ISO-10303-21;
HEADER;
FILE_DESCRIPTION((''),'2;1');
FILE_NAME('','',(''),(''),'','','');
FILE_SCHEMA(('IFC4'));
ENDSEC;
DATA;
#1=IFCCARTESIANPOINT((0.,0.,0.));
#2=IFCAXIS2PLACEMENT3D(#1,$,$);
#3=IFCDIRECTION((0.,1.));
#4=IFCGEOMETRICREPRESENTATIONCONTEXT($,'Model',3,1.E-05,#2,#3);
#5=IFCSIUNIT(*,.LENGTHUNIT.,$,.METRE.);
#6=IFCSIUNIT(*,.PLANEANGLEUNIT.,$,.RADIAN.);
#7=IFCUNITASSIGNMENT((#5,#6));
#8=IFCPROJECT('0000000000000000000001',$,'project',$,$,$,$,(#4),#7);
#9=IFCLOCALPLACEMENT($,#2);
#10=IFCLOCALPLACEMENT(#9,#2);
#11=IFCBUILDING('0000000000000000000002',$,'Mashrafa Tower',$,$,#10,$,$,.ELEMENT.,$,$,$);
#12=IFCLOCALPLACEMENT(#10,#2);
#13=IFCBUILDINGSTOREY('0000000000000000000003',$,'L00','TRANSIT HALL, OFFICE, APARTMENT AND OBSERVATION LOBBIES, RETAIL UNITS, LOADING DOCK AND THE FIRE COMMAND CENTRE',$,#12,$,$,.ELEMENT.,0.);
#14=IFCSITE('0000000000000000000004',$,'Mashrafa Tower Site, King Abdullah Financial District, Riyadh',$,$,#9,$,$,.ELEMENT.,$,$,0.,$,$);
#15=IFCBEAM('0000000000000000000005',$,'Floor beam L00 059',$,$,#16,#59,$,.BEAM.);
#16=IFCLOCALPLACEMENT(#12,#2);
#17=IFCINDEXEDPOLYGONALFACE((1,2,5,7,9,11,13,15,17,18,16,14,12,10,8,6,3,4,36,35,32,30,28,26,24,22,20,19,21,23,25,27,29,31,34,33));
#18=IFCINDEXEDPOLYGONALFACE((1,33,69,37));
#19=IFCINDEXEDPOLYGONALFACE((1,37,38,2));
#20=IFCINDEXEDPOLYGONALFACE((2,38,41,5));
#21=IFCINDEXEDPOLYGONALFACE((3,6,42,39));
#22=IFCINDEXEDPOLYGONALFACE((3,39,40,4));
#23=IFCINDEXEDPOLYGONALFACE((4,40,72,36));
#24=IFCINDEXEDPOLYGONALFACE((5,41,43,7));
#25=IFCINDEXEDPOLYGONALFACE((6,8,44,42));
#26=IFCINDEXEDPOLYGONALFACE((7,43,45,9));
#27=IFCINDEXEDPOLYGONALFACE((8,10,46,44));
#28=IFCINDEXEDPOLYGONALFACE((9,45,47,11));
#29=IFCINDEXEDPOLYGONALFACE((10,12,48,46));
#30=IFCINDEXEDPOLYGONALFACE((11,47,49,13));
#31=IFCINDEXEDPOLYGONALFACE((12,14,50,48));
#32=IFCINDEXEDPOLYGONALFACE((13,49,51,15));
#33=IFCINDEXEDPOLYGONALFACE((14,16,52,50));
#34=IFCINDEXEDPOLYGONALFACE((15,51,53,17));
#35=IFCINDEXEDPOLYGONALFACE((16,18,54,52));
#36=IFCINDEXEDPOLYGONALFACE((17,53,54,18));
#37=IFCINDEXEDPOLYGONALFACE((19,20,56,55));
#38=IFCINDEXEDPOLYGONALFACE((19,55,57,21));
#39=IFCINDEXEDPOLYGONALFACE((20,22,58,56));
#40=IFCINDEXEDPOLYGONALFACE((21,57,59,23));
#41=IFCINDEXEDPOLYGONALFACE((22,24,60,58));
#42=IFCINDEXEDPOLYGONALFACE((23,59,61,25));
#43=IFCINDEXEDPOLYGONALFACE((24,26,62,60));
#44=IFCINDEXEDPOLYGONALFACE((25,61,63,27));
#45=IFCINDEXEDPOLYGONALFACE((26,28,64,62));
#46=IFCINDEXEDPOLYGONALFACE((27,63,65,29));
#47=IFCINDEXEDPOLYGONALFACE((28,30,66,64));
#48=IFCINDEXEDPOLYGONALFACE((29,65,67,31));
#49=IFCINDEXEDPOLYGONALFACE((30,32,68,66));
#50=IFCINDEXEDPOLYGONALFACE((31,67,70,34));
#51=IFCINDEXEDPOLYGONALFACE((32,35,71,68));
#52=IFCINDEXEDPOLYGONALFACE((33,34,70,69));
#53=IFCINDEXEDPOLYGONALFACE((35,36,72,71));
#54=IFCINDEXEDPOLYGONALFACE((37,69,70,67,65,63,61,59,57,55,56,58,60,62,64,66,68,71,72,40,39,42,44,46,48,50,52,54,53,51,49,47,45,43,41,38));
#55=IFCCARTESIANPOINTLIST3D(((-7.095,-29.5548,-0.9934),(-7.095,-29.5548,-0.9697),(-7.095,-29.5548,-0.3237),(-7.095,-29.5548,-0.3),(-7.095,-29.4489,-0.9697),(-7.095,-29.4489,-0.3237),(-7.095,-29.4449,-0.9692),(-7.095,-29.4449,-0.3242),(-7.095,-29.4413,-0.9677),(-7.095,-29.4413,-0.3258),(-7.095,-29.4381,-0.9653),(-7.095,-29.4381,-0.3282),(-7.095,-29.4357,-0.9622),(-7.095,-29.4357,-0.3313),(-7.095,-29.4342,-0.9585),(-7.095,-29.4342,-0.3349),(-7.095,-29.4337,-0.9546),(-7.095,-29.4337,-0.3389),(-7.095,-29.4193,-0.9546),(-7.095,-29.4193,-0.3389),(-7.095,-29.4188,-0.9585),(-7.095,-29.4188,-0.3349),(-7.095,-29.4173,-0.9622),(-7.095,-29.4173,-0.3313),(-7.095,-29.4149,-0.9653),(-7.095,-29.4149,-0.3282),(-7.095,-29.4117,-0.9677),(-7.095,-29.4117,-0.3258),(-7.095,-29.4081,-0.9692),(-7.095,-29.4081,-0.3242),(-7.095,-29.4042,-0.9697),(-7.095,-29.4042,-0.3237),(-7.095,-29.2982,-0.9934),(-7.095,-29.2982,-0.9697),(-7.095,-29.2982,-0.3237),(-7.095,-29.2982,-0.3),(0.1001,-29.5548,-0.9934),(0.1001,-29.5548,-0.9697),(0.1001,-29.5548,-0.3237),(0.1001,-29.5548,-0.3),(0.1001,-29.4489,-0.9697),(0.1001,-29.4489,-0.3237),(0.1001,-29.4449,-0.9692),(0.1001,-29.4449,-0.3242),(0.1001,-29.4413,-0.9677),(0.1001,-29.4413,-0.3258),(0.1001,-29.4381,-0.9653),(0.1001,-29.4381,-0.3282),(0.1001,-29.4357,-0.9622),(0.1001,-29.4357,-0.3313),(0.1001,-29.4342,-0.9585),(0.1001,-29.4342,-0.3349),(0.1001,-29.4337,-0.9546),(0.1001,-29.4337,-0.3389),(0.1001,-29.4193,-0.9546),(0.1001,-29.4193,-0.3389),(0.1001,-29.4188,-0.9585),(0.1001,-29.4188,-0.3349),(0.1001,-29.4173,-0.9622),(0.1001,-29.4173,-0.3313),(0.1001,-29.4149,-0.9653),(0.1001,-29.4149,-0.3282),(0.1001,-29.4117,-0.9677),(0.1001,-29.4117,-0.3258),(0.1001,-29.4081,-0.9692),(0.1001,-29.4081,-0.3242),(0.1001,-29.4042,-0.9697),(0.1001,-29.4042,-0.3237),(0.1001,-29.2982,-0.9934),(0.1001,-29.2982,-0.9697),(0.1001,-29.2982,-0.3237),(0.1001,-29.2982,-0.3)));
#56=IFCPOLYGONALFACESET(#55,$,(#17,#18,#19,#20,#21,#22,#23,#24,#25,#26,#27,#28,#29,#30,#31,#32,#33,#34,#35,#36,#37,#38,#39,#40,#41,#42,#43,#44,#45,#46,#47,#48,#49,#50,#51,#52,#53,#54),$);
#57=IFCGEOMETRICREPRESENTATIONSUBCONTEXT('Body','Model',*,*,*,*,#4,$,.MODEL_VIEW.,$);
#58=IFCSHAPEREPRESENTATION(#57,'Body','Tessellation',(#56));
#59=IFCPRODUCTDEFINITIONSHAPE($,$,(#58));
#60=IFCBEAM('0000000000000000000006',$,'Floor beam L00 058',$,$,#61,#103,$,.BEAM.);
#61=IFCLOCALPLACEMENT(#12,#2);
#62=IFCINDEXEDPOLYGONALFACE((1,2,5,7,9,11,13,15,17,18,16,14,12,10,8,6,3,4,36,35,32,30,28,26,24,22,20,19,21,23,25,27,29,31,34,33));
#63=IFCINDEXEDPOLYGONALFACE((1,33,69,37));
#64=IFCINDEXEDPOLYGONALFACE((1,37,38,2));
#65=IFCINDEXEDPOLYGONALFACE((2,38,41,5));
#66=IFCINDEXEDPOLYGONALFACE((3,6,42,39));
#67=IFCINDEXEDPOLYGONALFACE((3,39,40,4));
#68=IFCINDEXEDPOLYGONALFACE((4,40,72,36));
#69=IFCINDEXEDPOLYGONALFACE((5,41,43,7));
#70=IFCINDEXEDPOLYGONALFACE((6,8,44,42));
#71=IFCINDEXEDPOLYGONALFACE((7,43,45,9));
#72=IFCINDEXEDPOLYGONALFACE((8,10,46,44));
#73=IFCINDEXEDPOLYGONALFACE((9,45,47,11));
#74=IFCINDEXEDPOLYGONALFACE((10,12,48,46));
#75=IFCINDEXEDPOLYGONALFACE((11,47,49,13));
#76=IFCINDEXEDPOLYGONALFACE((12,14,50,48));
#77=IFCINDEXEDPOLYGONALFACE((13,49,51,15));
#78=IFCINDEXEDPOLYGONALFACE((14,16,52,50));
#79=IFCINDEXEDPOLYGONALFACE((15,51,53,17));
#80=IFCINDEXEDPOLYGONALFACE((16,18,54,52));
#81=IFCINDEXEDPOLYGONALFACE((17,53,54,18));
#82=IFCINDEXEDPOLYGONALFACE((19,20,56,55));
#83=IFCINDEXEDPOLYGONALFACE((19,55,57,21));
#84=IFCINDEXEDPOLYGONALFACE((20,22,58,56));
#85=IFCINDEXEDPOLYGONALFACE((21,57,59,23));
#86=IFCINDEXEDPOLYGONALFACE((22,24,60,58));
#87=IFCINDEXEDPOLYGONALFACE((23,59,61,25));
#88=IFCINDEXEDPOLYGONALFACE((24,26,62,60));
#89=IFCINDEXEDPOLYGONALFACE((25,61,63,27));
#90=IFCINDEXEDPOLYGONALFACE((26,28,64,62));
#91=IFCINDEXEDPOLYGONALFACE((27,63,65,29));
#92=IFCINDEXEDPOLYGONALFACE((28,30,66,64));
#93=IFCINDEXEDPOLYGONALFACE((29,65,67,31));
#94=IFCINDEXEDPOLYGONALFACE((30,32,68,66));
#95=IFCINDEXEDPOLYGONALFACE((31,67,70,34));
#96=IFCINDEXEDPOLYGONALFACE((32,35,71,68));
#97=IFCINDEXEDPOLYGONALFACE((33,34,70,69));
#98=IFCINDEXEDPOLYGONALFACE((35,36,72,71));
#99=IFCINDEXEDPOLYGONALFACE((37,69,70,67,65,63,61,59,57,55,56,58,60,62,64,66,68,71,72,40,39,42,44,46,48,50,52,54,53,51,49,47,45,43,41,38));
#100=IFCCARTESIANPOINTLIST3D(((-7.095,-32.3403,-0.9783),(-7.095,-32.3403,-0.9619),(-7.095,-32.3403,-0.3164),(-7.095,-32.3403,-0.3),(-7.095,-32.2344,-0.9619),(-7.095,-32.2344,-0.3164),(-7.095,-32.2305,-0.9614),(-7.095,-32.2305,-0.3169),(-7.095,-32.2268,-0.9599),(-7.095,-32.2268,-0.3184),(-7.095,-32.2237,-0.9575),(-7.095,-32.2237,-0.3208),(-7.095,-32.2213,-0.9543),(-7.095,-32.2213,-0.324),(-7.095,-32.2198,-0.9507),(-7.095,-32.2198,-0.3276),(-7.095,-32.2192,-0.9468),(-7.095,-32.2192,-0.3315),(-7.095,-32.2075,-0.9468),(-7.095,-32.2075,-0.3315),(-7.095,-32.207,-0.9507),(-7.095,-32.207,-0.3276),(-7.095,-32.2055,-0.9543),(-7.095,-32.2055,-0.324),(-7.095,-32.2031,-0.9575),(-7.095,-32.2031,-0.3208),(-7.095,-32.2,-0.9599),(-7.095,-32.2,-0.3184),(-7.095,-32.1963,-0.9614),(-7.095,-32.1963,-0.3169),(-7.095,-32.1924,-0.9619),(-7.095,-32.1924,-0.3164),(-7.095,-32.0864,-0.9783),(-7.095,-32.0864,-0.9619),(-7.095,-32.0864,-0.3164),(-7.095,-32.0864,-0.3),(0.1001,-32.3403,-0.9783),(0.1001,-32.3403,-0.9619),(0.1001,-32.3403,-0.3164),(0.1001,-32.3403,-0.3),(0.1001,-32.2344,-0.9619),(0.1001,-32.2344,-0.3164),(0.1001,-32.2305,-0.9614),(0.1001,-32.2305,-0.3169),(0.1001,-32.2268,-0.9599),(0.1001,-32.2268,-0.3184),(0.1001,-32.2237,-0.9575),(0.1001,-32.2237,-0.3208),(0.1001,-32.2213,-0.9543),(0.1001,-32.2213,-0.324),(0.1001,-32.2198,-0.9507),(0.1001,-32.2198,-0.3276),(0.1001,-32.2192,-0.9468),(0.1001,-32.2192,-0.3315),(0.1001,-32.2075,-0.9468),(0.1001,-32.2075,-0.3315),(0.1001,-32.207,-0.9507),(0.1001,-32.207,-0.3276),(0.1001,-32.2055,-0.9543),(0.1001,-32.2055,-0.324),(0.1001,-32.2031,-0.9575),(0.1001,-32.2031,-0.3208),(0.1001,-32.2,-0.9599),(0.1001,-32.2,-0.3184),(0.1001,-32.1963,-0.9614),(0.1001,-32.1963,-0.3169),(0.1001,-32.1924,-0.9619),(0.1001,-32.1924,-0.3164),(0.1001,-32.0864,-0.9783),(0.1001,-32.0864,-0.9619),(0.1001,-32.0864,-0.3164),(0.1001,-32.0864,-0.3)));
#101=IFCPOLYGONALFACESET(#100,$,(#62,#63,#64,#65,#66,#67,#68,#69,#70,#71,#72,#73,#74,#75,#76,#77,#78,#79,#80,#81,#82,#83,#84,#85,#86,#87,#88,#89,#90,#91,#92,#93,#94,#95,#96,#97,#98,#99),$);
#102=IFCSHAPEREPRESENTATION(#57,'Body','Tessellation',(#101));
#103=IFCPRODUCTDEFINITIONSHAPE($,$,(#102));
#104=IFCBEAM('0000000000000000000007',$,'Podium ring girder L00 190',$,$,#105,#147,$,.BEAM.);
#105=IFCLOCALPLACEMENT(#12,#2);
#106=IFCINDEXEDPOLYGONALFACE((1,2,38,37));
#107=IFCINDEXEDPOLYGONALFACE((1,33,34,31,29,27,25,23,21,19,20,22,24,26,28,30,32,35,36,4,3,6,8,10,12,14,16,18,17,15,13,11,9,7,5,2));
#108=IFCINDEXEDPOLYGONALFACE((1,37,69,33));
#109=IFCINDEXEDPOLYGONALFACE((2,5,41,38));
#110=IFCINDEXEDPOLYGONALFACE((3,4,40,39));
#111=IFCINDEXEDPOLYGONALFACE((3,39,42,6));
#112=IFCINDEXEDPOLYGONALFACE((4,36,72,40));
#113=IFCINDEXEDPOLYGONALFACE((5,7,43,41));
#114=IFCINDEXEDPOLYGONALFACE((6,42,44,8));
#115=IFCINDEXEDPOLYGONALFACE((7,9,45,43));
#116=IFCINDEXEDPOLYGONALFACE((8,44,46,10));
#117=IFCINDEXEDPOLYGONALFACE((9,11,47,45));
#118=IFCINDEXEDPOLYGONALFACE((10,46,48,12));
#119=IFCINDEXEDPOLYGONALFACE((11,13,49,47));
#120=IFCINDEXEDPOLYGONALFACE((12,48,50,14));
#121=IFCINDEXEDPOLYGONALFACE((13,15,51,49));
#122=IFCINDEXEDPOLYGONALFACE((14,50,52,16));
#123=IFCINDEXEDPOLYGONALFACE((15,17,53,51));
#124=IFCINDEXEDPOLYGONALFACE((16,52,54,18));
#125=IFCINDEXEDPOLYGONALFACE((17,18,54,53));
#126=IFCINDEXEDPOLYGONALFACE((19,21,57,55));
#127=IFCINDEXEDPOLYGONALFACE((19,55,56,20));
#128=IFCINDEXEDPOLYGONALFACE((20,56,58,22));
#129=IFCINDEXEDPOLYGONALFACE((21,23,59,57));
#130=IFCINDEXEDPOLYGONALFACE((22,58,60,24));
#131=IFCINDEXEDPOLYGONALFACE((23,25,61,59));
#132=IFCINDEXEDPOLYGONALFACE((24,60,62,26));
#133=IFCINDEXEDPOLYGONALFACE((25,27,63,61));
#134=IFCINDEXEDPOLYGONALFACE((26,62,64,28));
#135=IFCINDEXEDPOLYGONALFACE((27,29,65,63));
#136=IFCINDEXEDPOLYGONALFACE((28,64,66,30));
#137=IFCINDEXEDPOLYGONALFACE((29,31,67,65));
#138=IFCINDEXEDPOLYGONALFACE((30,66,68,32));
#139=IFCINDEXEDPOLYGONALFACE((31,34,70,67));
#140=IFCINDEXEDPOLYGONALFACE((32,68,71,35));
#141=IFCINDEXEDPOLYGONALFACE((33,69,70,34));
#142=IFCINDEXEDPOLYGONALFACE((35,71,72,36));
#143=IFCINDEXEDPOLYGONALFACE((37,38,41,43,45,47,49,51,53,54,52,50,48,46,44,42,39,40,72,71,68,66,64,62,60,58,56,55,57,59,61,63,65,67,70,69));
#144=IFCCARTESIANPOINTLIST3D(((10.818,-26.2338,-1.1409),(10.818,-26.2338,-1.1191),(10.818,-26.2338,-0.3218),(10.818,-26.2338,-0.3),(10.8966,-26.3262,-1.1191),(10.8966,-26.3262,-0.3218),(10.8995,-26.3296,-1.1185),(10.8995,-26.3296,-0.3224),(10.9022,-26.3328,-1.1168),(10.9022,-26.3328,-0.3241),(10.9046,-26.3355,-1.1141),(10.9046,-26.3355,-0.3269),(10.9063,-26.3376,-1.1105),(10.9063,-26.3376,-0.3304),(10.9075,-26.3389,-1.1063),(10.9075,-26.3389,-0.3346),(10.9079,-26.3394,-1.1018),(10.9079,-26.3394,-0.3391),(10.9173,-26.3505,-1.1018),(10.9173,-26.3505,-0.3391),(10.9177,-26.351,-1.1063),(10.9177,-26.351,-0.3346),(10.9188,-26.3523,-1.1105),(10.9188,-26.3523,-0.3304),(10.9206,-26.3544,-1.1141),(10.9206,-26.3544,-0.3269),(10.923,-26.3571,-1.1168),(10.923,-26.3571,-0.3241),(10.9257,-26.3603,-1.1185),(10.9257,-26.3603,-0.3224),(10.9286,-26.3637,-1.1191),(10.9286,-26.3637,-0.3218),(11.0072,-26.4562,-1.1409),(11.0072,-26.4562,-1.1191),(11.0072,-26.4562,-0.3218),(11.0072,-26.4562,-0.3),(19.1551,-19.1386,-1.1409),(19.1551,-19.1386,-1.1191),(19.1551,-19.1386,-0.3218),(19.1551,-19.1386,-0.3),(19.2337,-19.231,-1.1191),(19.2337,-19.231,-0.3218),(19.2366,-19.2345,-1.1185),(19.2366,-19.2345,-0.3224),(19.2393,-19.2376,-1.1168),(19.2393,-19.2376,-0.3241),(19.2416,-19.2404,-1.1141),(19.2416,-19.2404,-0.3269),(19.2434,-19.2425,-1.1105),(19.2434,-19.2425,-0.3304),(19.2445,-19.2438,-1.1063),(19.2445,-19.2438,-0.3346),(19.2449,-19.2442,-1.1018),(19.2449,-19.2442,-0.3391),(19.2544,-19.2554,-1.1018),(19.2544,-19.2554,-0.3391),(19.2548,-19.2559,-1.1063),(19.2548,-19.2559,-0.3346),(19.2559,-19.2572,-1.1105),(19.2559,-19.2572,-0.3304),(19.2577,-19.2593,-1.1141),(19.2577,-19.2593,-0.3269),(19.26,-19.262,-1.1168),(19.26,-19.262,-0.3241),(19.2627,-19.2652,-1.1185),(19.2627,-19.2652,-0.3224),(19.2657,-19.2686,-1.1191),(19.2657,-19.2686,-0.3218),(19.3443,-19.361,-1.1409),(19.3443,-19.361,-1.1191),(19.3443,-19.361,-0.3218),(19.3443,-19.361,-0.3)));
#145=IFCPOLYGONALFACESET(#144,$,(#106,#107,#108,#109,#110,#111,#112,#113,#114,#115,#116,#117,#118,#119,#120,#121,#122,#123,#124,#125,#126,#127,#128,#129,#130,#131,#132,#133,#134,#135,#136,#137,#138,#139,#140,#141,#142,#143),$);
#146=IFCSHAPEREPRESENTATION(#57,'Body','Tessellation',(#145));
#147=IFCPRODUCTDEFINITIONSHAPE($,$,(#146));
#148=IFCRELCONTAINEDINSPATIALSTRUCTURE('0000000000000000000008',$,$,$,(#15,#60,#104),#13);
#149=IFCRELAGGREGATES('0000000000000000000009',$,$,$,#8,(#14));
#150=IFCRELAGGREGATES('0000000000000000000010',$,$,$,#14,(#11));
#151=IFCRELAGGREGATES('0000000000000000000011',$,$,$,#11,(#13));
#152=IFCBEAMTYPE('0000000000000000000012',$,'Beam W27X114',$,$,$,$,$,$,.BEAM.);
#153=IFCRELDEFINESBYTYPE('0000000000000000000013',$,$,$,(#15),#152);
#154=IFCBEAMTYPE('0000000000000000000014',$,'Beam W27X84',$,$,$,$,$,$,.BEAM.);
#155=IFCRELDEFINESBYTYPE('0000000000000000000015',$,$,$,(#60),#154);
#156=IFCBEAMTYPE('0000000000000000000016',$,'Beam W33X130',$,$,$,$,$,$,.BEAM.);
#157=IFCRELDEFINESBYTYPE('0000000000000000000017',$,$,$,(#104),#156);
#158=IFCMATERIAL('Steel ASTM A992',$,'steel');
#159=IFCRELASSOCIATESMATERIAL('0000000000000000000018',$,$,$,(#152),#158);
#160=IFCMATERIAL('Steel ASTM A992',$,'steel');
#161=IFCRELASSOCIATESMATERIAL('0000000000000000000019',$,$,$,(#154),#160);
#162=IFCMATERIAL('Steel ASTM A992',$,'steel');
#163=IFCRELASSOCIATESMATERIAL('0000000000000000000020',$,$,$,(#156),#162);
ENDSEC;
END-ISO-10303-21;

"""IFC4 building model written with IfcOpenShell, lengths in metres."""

from ifc_helpers import new_model, si_unit, direction, frame, origin, origin_2d, place, context, subcontext, project, spatial, i_section, extrude, material, material_profile, profile_set, type_object, element, save


model = new_model("IFC4")

# Units and contexts
model_context = context("Model", 3, precision=1e-05, world=origin(), true_north=direction((0.0, 1.0)))
body_context = subcontext(model_context, "Body", "Model", "MODEL_VIEW")
ifc_project = project(units=[si_unit("LENGTHUNIT", "METRE"), si_unit("PLANEANGLEUNIT", "RADIAN")], contexts=[model_context])

# Site, building, storey
site_placement = place(None, origin())
site = spatial("IfcSite", under=ifc_project, at=site_placement, Name="Mashrafa Tower Site, King Abdullah Financial District, Riyadh", CompositionType="ELEMENT", RefElevation=0.0)
building_placement = place(site_placement, origin())
building = spatial("IfcBuilding", under=site, at=building_placement, Name="Mashrafa Tower", CompositionType="ELEMENT")
storey_placement = place(building_placement, origin())
storey = spatial("IfcBuildingStorey", under=building, at=storey_placement, Name="L00", Description="TRANSIT HALL, OFFICE, APARTMENT AND OBSERVATION LOBBIES, RETAIL UNITS, LOADING DOCK AND THE FIRE COMMAND CENTRE", CompositionType="ELEMENT", Elevation=0.0)

# Beams
ifc_material_1 = material(Name="Steel ASTM A992", Category="steel")
ifc_material_profile_1 = material_profile(ifc_material_1, i_section(OverallWidth=0.2566, OverallDepth=0.6934, WebThickness=0.0144, FlangeThickness=0.0237, FilletRadius=0.0151, at=origin_2d()), Name="W27X114")
ifc_profile_set_1 = profile_set([ifc_material_profile_1], Name="Steel ASTM A992")
beam_type_1 = type_object("IfcBeamType", Name="Beam W27X114", PredefinedType="BEAM", material=ifc_profile_set_1)
beam_1_placement = place(storey_placement, frame((0.1001, -29.4265, -0.6467), z_axis=(-1.0, 0.0, 0.0), x_axis=(0.0, -1.0, 0.0)))
element("IfcBeam", 1, at=beam_1_placement, inside=storey, type_object=beam_type_1, Name="Floor beam L00 059", PredefinedType="BEAM", context=body_context, shape_type="SweptSolid", body=[
    extrude(i_section(OverallWidth=0.2566, OverallDepth=0.6934, WebThickness=0.0144, FlangeThickness=0.0237, FilletRadius=0.0151, at=origin_2d()), origin(), (0.0, 0.0, 1.0), 7.1951),
])
ifc_material_2 = material(Name="Steel ASTM A992", Category="steel")
ifc_material_profile_2 = material_profile(ifc_material_2, i_section(OverallWidth=0.2539, OverallDepth=0.6782, WebThickness=0.0117, FlangeThickness=0.0164, FilletRadius=0.0151, at=origin_2d()), Name="W27X84")
ifc_profile_set_2 = profile_set([ifc_material_profile_2], Name="Steel ASTM A992")
beam_type_2 = type_object("IfcBeamType", Name="Beam W27X84", PredefinedType="BEAM", material=ifc_profile_set_2)
beam_2_placement = place(storey_placement, frame((0.1001, -32.2134, -0.6392), z_axis=(-1.0, 0.0, 0.0), x_axis=(0.0, -1.0, 0.0)))
element("IfcBeam", 2, at=beam_2_placement, inside=storey, type_object=beam_type_2, Name="Floor beam L00 058", PredefinedType="BEAM", context=body_context, shape_type="SweptSolid", body=[
    extrude(i_section(OverallWidth=0.2539, OverallDepth=0.6782, WebThickness=0.0117, FlangeThickness=0.0164, FilletRadius=0.0151, at=origin_2d()), origin(), (0.0, 0.0, 1.0), 7.1951),
])
ifc_material_3 = material(Name="Steel ASTM A992", Category="steel")
ifc_material_profile_3 = material_profile(ifc_material_3, i_section(OverallWidth=0.292, OverallDepth=0.8408, WebThickness=0.0146, FlangeThickness=0.0217, FilletRadius=0.0173, at=origin_2d()), Name="W33X130")
ifc_profile_set_3 = profile_set([ifc_material_profile_3], Name="Steel ASTM A992")
beam_type_3 = type_object("IfcBeamType", Name="Beam W33X130", PredefinedType="BEAM", material=ifc_profile_set_3)
beam_3_placement = place(storey_placement, frame((10.9126, -26.345, -0.7205), z_axis=(0.76155, 0.648106, 0.0), x_axis=(-0.648106, 0.76155, 0.0)))
element("IfcBeam", 3, at=beam_3_placement, inside=storey, type_object=beam_type_3, Name="Podium ring girder L00 190", PredefinedType="BEAM", context=body_context, shape_type="SweptSolid", body=[
    extrude(i_section(OverallWidth=0.292, OverallDepth=0.8408, WebThickness=0.0146, FlangeThickness=0.0217, FilletRadius=0.0173, at=origin_2d()), origin(), (0.0, 0.0, 1.0), 10.9475),
])

save(model, "model.ifc")
